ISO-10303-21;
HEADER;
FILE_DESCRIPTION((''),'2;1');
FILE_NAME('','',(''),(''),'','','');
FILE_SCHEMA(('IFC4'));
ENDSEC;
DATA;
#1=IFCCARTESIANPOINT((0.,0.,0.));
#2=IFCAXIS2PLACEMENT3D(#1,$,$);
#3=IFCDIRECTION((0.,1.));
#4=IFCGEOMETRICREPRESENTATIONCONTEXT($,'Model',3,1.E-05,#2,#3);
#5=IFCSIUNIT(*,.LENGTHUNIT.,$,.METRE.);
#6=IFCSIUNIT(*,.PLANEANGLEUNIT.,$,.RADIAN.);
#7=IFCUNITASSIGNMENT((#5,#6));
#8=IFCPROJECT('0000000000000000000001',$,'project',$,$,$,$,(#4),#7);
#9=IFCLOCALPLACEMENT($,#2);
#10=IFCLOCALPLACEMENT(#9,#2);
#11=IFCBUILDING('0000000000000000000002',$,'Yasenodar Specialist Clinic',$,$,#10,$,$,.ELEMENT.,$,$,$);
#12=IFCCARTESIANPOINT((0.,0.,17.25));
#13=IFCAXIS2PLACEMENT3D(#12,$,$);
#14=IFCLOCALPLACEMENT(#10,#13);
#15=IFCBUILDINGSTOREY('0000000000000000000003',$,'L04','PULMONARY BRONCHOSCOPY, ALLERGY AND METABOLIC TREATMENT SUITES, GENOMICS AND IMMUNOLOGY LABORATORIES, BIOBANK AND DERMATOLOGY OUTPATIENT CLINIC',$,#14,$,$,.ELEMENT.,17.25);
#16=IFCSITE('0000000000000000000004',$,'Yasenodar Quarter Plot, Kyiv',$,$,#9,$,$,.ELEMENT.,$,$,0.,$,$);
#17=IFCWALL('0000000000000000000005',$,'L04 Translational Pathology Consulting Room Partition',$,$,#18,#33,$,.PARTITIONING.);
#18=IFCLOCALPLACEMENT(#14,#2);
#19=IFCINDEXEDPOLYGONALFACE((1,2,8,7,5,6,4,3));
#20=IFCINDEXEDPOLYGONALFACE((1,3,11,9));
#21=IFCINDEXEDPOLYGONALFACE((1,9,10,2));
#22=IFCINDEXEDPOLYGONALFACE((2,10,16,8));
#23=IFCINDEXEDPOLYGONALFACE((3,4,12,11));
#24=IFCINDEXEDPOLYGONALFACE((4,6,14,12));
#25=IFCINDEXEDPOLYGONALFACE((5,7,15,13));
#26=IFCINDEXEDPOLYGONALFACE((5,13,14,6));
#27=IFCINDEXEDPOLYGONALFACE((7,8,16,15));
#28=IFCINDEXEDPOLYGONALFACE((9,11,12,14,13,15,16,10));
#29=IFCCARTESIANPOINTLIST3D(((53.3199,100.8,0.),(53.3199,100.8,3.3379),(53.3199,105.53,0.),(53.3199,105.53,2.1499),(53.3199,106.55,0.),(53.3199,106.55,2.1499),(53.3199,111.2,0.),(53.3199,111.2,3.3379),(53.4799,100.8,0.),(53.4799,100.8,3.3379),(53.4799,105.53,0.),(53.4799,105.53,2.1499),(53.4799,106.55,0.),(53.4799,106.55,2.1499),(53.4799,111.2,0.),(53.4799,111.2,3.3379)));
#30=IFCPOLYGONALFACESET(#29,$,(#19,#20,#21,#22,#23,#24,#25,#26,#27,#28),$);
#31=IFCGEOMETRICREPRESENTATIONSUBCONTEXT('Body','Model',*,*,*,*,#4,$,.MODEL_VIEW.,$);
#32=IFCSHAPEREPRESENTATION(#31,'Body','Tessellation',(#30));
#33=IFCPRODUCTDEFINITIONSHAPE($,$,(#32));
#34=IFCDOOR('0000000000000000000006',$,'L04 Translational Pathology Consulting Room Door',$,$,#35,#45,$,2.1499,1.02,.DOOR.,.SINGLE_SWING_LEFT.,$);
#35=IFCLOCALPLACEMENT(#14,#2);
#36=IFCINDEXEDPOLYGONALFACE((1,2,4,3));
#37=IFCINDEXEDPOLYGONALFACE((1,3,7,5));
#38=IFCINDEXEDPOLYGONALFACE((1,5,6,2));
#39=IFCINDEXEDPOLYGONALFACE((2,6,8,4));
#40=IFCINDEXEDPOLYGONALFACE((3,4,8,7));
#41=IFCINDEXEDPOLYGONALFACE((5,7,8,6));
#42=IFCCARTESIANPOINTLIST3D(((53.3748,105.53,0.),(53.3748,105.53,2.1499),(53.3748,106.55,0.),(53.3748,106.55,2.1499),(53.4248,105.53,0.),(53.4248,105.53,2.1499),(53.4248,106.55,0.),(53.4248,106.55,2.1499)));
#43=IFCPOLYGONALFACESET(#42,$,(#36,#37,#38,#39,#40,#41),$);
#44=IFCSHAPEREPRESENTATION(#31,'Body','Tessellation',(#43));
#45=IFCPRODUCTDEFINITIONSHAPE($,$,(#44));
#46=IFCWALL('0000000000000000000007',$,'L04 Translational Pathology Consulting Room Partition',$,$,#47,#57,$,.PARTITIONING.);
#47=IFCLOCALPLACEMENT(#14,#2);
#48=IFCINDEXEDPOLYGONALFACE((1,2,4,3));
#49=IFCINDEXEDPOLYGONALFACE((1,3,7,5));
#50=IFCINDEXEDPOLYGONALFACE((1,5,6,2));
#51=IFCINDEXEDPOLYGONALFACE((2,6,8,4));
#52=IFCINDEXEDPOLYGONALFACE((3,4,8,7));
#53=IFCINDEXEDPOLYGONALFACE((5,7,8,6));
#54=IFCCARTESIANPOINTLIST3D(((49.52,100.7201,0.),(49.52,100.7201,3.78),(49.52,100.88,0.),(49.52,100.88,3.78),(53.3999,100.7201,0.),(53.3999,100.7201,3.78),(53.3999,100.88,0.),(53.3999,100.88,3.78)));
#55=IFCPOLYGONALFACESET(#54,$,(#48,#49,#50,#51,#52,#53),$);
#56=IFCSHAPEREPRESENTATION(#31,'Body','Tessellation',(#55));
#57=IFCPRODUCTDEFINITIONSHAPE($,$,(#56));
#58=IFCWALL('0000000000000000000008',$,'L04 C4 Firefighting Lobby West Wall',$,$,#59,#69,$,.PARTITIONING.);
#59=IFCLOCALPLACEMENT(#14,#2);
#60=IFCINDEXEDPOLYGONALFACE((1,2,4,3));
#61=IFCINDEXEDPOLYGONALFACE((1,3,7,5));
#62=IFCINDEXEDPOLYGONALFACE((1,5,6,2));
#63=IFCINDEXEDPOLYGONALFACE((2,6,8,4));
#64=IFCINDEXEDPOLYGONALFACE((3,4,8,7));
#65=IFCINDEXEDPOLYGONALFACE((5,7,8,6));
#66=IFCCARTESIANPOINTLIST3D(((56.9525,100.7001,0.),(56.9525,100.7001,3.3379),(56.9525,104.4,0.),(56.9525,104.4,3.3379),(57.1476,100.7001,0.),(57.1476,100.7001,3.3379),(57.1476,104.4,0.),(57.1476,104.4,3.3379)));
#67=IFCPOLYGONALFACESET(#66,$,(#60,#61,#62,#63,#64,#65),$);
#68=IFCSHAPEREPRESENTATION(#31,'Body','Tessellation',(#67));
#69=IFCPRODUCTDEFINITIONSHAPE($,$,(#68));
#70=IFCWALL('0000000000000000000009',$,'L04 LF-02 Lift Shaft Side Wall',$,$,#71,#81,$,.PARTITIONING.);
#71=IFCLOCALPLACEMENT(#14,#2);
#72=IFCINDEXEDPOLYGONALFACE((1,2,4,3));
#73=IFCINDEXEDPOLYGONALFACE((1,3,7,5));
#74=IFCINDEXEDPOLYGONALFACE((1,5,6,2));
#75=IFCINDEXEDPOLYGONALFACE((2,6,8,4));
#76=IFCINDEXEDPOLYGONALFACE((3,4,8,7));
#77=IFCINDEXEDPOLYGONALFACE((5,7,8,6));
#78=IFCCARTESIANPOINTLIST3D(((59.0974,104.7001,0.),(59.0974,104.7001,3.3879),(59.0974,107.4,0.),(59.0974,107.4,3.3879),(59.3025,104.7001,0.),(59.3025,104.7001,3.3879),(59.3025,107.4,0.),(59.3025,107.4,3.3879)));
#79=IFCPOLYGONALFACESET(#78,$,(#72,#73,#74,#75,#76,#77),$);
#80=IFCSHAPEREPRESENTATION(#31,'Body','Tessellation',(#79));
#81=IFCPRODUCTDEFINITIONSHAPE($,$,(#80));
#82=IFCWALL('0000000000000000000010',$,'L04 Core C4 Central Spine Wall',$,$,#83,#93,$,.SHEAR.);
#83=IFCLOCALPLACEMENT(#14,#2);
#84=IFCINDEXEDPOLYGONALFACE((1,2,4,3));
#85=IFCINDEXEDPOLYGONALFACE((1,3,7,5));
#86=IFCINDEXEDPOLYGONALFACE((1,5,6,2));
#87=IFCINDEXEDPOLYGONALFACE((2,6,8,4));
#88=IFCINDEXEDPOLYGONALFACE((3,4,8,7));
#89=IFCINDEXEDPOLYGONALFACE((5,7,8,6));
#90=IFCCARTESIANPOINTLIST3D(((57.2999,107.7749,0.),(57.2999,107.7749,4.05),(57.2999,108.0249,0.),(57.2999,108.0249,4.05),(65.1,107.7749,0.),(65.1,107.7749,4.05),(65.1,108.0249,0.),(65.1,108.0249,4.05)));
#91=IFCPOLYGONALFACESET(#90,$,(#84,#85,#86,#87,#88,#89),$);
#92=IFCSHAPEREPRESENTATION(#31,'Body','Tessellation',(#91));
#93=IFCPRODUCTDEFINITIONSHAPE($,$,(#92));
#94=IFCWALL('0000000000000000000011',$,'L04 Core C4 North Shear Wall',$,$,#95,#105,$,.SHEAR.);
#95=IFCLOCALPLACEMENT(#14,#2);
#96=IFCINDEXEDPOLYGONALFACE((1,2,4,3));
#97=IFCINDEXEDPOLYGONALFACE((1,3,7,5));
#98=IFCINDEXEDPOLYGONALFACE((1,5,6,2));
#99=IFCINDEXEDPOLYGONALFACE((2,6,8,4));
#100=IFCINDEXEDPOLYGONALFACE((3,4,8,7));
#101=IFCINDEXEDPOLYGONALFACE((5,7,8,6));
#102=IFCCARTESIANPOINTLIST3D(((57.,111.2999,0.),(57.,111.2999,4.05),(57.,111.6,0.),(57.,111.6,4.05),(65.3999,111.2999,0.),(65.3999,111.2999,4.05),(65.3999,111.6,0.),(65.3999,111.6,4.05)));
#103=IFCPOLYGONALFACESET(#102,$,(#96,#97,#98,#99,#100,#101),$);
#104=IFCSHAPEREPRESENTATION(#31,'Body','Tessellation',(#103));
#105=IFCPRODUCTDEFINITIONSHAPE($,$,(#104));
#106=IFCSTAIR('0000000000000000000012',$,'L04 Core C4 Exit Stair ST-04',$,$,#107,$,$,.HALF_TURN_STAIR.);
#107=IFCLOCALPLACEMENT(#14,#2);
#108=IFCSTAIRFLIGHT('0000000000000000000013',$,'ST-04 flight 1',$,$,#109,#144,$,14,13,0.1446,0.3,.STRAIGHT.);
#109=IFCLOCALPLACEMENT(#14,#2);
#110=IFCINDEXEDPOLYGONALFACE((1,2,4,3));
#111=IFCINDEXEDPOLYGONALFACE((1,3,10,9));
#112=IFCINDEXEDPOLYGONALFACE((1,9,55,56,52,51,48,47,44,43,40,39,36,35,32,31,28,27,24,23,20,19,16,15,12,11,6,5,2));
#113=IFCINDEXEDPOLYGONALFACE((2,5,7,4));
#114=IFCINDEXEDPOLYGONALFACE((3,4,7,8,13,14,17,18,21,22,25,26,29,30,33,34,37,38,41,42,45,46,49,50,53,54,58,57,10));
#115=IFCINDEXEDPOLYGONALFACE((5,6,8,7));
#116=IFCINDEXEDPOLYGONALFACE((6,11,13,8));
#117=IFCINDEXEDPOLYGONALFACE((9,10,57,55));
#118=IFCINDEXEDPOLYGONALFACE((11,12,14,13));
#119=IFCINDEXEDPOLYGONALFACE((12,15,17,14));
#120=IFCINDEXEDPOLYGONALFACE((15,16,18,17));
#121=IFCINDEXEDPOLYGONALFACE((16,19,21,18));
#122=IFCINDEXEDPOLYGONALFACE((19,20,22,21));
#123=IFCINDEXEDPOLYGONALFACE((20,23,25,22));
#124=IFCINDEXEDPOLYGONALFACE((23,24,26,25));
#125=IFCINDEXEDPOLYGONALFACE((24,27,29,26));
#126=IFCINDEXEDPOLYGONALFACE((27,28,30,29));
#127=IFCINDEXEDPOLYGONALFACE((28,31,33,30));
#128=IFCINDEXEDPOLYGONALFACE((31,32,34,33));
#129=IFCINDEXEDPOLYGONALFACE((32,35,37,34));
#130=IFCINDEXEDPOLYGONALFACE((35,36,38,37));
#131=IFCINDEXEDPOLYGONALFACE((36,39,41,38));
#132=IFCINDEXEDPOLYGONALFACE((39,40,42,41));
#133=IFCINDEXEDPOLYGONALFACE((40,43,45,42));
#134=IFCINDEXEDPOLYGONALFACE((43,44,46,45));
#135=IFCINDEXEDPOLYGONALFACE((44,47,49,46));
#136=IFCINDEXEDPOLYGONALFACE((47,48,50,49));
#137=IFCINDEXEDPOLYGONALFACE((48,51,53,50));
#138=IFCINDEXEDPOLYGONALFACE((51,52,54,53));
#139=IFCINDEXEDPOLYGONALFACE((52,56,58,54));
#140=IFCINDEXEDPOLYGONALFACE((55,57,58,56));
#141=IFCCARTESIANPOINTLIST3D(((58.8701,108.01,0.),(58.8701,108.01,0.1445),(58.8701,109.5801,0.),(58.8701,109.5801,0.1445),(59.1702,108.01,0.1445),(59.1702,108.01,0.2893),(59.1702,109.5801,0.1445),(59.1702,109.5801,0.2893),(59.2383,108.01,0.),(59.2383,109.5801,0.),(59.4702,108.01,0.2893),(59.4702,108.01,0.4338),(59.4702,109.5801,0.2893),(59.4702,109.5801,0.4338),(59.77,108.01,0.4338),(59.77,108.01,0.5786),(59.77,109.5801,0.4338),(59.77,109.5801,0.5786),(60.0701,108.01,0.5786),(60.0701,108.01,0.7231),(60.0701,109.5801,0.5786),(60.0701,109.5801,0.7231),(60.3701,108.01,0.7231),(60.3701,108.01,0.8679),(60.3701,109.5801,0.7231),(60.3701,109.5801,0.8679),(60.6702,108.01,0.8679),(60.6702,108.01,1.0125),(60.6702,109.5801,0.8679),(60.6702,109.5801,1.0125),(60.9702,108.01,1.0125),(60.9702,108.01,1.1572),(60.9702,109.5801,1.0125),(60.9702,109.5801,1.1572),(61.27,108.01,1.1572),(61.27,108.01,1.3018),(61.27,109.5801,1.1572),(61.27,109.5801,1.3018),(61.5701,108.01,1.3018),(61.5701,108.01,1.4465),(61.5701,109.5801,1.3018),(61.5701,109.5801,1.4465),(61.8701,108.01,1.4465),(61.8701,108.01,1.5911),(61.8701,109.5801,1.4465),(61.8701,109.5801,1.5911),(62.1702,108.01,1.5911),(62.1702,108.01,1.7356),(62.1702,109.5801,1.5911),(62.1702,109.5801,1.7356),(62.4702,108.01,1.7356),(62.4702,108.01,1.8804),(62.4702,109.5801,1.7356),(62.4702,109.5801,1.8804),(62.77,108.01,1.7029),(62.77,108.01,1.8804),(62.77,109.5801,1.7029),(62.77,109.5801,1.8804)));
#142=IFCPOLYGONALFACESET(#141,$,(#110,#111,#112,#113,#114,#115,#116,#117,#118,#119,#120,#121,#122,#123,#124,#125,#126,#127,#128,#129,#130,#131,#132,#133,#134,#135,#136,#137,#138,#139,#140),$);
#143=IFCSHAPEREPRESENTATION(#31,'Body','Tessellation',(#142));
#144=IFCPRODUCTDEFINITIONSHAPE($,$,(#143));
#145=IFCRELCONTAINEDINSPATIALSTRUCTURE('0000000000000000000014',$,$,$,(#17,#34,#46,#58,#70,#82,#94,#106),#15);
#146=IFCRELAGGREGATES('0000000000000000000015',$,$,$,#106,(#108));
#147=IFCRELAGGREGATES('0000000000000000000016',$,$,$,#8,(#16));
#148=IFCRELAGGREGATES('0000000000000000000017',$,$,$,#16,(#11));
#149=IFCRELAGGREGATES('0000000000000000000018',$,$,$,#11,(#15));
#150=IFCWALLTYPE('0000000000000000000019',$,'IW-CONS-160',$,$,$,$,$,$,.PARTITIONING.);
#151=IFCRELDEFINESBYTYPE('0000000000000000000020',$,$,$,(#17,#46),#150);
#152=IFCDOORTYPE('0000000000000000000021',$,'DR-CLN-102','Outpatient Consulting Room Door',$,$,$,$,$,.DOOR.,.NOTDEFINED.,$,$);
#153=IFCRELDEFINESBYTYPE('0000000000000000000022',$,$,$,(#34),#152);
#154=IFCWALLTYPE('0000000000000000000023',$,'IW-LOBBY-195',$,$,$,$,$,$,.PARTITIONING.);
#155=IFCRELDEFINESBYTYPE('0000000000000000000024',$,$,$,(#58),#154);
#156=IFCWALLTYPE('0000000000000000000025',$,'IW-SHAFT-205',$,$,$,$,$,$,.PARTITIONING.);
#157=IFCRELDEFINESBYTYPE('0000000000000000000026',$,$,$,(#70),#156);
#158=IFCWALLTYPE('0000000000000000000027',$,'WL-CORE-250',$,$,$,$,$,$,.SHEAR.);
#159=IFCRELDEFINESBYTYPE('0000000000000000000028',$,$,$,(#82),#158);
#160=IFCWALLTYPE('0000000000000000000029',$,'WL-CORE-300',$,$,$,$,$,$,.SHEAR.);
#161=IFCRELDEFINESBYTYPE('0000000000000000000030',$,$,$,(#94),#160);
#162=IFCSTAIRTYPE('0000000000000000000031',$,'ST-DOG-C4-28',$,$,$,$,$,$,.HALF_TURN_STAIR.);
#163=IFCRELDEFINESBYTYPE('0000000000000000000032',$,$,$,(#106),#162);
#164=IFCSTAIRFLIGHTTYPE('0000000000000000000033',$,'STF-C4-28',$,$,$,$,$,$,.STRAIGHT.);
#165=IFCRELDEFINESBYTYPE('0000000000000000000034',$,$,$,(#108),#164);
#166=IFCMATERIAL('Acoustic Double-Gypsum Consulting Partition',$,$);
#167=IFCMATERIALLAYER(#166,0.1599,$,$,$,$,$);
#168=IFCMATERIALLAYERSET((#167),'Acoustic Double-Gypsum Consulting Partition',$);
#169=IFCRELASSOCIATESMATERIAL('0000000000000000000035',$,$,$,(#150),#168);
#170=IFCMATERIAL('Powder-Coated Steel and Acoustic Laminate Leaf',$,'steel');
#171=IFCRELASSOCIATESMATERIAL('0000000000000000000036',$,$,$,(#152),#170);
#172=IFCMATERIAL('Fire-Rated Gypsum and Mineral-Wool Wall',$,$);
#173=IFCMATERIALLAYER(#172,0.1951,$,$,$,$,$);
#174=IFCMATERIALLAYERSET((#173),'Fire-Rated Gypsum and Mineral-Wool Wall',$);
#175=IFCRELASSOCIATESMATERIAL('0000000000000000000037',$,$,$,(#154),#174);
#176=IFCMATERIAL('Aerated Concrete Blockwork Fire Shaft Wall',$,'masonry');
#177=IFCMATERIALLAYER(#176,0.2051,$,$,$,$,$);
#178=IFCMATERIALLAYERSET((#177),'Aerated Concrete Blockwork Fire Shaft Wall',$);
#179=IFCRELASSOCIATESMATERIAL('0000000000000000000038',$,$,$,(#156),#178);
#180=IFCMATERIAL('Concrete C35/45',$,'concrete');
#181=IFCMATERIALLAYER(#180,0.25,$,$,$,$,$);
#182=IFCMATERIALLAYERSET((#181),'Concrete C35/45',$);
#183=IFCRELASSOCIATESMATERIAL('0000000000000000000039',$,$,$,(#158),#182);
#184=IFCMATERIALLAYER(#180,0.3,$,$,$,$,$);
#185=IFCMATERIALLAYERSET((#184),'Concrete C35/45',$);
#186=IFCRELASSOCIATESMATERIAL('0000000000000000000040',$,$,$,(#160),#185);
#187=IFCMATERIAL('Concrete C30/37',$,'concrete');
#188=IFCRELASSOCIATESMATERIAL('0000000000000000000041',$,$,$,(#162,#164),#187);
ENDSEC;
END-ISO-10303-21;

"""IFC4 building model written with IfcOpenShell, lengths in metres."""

from ifc_helpers import new_model, si_unit, direction, frame, frame_2d, origin, place, context, subcontext, project, spatial, polyline, rectangle, outline, extrude, material, layer, layer_set, type_object, element, fill, aggregate, save


model = new_model("IFC4")

# Units and contexts
model_context = context("Model", 3, precision=1e-05, world=origin(), true_north=direction((0.0, 1.0)))
body_context = subcontext(model_context, "Body", "Model", "MODEL_VIEW")
ifc_project = project(units=[si_unit("LENGTHUNIT", "METRE"), si_unit("PLANEANGLEUNIT", "RADIAN")], contexts=[model_context])

# Site, building, storey
site_placement = place(None, origin())
site = spatial("IfcSite", under=ifc_project, at=site_placement, Name="Yasenodar Quarter Plot, Kyiv", CompositionType="ELEMENT", RefElevation=0.0)
building_placement = place(site_placement, origin())
building = spatial("IfcBuilding", under=site, at=building_placement, Name="Yasenodar Specialist Clinic", CompositionType="ELEMENT")
storey_placement = place(building_placement, frame((0.0, 0.0, 17.25)))
storey = spatial("IfcBuildingStorey", under=building, at=storey_placement, Name="L04", Description="PULMONARY BRONCHOSCOPY, ALLERGY AND METABOLIC TREATMENT SUITES, GENOMICS AND IMMUNOLOGY LABORATORIES, BIOBANK AND DERMATOLOGY OUTPATIENT CLINIC", CompositionType="ELEMENT", Elevation=17.25)

# Wall, opening, door
ifc_material_1 = material(Name="Acoustic Double-Gypsum Consulting Partition")
ifc_layer_1 = layer(ifc_material_1, 0.1599)
ifc_layer_set_1 = layer_set([ifc_layer_1], Name="Acoustic Double-Gypsum Consulting Partition")
wall_type_1 = type_object("IfcWallType", Name="IW-CONS-160", PredefinedType="PARTITIONING", material=ifc_layer_set_1)
wall_1_placement = place(storey_placement, frame((53.3999, 111.2, 0.0), z_axis=(0.0, 0.0, 1.0), x_axis=(0.0, -1.0, 0.0)))
wall_1 = element("IfcWall", 1, at=wall_1_placement, inside=storey, type_object=wall_type_1, Name="L04 Translational Pathology Consulting Room Partition", PredefinedType="PARTITIONING", context=body_context, shape_type="SweptSolid", body=[
    extrude(rectangle(XDim=10.3999, YDim=0.1599, at=frame_2d((5.2, 0.0))), origin(), (0.0, 0.0, 1.0), 3.3379),
])
opening_1_placement = place(wall_1_placement, frame((4.6499, 0.0, 0.0)))
opening_1 = element("IfcOpeningElement", 2, at=opening_1_placement, cuts=wall_1, PredefinedType="OPENING", context=body_context, shape_type="SweptSolid", body=[
    extrude(rectangle(XDim=1.02, YDim=2.1499, at=frame_2d((0.51, 1.075))), frame((0.0, 0.0898, 0.0), z_axis=(0.0, -1.0, 0.0), x_axis=(1.0, 0.0, 0.0)), (0.0, 0.0, 1.0), 0.1799),
])
ifc_material_2 = material(Name="Powder-Coated Steel and Acoustic Laminate Leaf", Category="steel")
door_type_1 = type_object("IfcDoorType", Name="DR-CLN-102", Description="Outpatient Consulting Room Door", OperationType="NOTDEFINED", PredefinedType="DOOR", material=ifc_material_2)
door_1_placement = place(opening_1_placement, origin())
door_1 = element("IfcDoor", 3, at=door_1_placement, inside=storey, type_object=door_type_1, Name="L04 Translational Pathology Consulting Room Door", OperationType="SINGLE_SWING_LEFT", OverallHeight=2.1499, OverallWidth=1.02, PredefinedType="DOOR", context=body_context, shape_type="SweptSolid", body=[
    extrude(rectangle(XDim=1.02, YDim=2.1499, at=frame_2d((0.51, 1.075))), frame((0.0, 0.0249, 0.0), z_axis=(0.0, -1.0, 0.0), x_axis=(1.0, 0.0, 0.0)), (0.0, 0.0, 1.0), 0.05),
])
fill(opening_1, door_1)

# Wall
wall_2_placement = place(storey_placement, frame((53.3999, 100.8, 0.0), z_axis=(0.0, 0.0, 1.0), x_axis=(-1.0, 0.0, 0.0)))
element("IfcWall", 4, at=wall_2_placement, inside=storey, type_object=wall_type_1, Name="L04 Translational Pathology Consulting Room Partition", PredefinedType="PARTITIONING", context=body_context, shape_type="SweptSolid", body=[
    extrude(rectangle(XDim=3.8799, YDim=0.1599, at=frame_2d((1.9399, 0.0))), origin(), (0.0, 0.0, 1.0), 3.78),
])

# Shared definitions
ifc_material_3 = material(Name="Fire-Rated Gypsum and Mineral-Wool Wall")
ifc_layer_2 = layer(ifc_material_3, 0.1951)
ifc_layer_set_2 = layer_set([ifc_layer_2], Name="Fire-Rated Gypsum and Mineral-Wool Wall")
wall_type_2 = type_object("IfcWallType", Name="IW-LOBBY-195", PredefinedType="PARTITIONING", material=ifc_layer_set_2)

# Walls
wall_3_placement = place(storey_placement, frame((57.05, 100.7, 0.0), z_axis=(0.0, 0.0, 1.0), x_axis=(0.0, 1.0, 0.0)))
element("IfcWall", 5, at=wall_3_placement, inside=storey, type_object=wall_type_2, Name="L04 C4 Firefighting Lobby West Wall", PredefinedType="PARTITIONING", context=body_context, shape_type="SweptSolid", body=[
    extrude(rectangle(XDim=3.7, YDim=0.1951, at=frame_2d((1.8501, 0.0))), origin(), (0.0, 0.0, 1.0), 3.3379),
])
ifc_material_4 = material(Name="Aerated Concrete Blockwork Fire Shaft Wall", Category="masonry")
ifc_layer_3 = layer(ifc_material_4, 0.2051)
ifc_layer_set_3 = layer_set([ifc_layer_3], Name="Aerated Concrete Blockwork Fire Shaft Wall")
wall_type_3 = type_object("IfcWallType", Name="IW-SHAFT-205", PredefinedType="PARTITIONING", material=ifc_layer_set_3)
wall_4_placement = place(storey_placement, frame((59.2, 104.7, 0.0), z_axis=(0.0, 0.0, 1.0), x_axis=(0.0, 1.0, 0.0)))
element("IfcWall", 6, at=wall_4_placement, inside=storey, type_object=wall_type_3, Name="L04 LF-02 Lift Shaft Side Wall", PredefinedType="PARTITIONING", context=body_context, shape_type="SweptSolid", body=[
    extrude(rectangle(XDim=2.7, YDim=0.2051, at=frame_2d((1.3501, 0.0))), origin(), (0.0, 0.0, 1.0), 3.3879),
])
ifc_material_5 = material(Name="Concrete C35/45", Category="concrete")
ifc_layer_4 = layer(ifc_material_5, 0.25)
ifc_layer_set_4 = layer_set([ifc_layer_4], Name="Concrete C35/45")
wall_type_4 = type_object("IfcWallType", Name="WL-CORE-250", PredefinedType="SHEAR", material=ifc_layer_set_4)
wall_5_placement = place(storey_placement, frame((57.3, 107.8999, 0.0), z_axis=(0.0, 0.0, 1.0), x_axis=(1.0, 0.0, 0.0)))
element("IfcWall", 7, at=wall_5_placement, inside=storey, type_object=wall_type_4, Name="L04 Core C4 Central Spine Wall", PredefinedType="SHEAR", context=body_context, shape_type="SweptSolid", body=[
    extrude(rectangle(XDim=7.8, YDim=0.25, at=frame_2d((3.8999, 0.0))), origin(), (0.0, 0.0, 1.0), 4.05),
])
ifc_layer_5 = layer(ifc_material_5, 0.3)
ifc_layer_set_5 = layer_set([ifc_layer_5], Name="Concrete C35/45")
wall_type_5 = type_object("IfcWallType", Name="WL-CORE-300", PredefinedType="SHEAR", material=ifc_layer_set_5)
wall_6_placement = place(storey_placement, frame((57.0, 111.45, 0.0), z_axis=(0.0, 0.0, 1.0), x_axis=(1.0, 0.0, 0.0)))
element("IfcWall", 8, at=wall_6_placement, inside=storey, type_object=wall_type_5, Name="L04 Core C4 North Shear Wall", PredefinedType="SHEAR", context=body_context, shape_type="SweptSolid", body=[
    extrude(rectangle(XDim=8.3999, YDim=0.3, at=frame_2d((4.2, 0.0))), origin(), (0.0, 0.0, 1.0), 4.05),
])

# Stair, stair flight
ifc_material_6 = material(Name="Concrete C30/37", Category="concrete")
stair_type = type_object("IfcStairType", Name="ST-DOG-C4-28", PredefinedType="HALF_TURN_STAIR", material=ifc_material_6)
stair_placement = place(storey_placement, origin())
stair = element("IfcStair", 9, at=stair_placement, inside=storey, type_object=stair_type, Name="L04 Core C4 Exit Stair ST-04", PredefinedType="HALF_TURN_STAIR")
stair_flight_type = type_object("IfcStairFlightType", Name="STF-C4-28", PredefinedType="STRAIGHT", material=ifc_material_6)
stair_flight_placement = place(storey_placement, frame((58.8701, 108.7949, 0.0), z_axis=(0.0, 0.0, 1.0), x_axis=(1.0, 0.0, 0.0)))
stair_flight = element("IfcStairFlight", 10, at=stair_flight_placement, type_object=stair_flight_type, Name="ST-04 flight 1", NumberOfRisers=14, NumberOfTreads=13, PredefinedType="STRAIGHT", RiserHeight=0.1446, TreadLength=0.3, context=body_context, shape_type="SweptSolid", body=[
    extrude(outline(polyline([(0.0, 0.0), (0.0, 0.1445), (0.3, 0.1445), (0.3, 0.2893), (0.6001, 0.2893), (0.6001, 0.4338), (0.8999, 0.4338), (0.8999, 0.5786), (1.2, 0.5786), (1.2, 0.7231), (1.5, 0.7231), (1.5, 0.8679), (1.8, 0.8679), (1.8, 1.0125), (2.1001, 1.0125), (2.1001, 1.1572), (2.3999, 1.1572), (2.3999, 1.3018), (2.7, 1.3018), (2.7, 1.4465), (3.0, 1.4465), (3.0, 1.5911), (3.3, 1.5911), (3.3, 1.7356), (3.6001, 1.7356), (3.6001, 1.8804), (3.8999, 1.8804), (3.8999, 2.0249), (3.8999, 1.7029), (0.3682, 0.0), (0.0, 0.0)])), frame((0.0, 0.7852, 0.0), z_axis=(0.0, -1.0, 0.0), x_axis=(1.0, 0.0, 0.0)), (0.0, 0.0, 1.0), 1.5701),
])
aggregate(stair, [stair_flight])

save(model, "model.ifc")
